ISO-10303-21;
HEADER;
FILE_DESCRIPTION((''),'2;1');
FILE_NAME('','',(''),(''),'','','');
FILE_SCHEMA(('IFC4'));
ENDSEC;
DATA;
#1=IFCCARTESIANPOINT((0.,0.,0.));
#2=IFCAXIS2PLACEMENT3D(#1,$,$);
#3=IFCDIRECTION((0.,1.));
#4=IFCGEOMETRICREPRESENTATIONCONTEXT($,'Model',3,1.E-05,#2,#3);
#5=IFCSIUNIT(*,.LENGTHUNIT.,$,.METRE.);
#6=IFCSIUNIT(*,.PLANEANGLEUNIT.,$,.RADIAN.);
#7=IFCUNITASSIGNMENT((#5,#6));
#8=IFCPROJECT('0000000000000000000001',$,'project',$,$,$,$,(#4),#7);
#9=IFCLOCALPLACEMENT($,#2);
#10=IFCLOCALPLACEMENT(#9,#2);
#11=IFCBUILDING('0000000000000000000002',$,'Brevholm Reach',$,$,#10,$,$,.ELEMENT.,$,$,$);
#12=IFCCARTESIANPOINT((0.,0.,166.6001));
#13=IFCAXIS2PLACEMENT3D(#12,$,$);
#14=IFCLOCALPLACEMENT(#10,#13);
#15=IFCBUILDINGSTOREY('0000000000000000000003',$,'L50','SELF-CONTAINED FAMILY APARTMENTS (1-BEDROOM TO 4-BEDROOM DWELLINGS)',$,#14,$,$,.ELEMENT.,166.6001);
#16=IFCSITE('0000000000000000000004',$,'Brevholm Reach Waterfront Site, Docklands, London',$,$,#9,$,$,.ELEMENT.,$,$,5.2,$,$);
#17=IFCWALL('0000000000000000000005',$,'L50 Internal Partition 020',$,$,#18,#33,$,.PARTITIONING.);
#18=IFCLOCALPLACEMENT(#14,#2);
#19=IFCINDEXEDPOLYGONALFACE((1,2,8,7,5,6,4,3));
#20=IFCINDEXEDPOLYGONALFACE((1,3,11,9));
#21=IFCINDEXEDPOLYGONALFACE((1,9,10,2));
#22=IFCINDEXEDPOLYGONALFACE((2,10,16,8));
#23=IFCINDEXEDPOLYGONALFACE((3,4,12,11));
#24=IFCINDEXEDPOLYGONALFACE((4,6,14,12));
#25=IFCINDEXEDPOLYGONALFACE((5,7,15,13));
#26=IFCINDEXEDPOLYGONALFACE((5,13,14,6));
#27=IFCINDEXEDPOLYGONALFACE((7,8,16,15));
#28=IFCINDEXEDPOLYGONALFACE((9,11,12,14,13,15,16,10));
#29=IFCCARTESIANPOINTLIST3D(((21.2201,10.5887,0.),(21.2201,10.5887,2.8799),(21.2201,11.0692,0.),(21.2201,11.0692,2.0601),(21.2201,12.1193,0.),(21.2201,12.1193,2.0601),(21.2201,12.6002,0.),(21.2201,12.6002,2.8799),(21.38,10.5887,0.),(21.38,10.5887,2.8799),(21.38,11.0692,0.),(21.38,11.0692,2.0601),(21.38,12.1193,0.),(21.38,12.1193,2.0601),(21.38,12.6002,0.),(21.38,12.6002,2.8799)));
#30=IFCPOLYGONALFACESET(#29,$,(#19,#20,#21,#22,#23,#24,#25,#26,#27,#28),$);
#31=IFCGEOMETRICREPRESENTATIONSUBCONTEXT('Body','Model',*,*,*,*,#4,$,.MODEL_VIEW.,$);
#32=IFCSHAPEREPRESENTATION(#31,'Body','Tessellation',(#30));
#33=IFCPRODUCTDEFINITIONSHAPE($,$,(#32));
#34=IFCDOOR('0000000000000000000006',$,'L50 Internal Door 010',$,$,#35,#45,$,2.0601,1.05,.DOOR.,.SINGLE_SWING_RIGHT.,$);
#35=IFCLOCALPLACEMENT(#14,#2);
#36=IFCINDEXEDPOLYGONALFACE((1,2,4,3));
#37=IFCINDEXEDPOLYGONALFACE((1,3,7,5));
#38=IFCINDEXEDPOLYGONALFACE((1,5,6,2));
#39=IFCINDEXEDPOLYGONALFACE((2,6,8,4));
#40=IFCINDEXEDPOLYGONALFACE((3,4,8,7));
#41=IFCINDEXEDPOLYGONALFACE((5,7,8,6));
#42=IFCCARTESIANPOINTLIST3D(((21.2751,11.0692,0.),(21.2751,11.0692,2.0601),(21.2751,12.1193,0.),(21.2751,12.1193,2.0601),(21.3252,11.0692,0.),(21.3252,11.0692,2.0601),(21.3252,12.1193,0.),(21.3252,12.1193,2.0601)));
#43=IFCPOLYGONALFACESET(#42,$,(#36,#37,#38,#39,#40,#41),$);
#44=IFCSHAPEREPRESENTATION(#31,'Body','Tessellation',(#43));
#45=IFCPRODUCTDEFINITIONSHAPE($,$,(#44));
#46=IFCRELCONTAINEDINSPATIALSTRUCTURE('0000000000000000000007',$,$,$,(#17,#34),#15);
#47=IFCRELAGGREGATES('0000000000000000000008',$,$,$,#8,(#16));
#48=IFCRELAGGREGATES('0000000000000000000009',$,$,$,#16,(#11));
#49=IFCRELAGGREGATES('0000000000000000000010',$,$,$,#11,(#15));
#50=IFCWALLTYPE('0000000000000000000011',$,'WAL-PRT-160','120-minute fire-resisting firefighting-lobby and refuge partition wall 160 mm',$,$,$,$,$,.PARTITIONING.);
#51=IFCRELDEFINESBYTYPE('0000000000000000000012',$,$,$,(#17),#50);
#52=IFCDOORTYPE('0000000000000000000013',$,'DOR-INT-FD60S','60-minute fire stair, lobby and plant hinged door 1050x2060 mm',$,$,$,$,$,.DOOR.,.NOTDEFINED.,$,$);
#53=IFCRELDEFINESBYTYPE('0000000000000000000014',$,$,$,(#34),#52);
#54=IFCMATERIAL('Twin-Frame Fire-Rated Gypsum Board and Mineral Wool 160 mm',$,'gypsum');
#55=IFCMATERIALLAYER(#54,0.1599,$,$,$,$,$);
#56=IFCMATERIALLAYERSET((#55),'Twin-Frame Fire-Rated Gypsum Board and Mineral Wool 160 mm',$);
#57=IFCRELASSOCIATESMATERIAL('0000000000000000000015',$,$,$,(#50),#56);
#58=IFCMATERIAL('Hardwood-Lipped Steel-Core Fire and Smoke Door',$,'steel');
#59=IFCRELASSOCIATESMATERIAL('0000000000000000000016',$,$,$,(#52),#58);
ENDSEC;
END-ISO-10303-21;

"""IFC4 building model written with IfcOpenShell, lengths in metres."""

from ifc_helpers import new_model, si_unit, direction, frame, frame_2d, origin, place, context, subcontext, project, spatial, rectangle, extrude, material, layer, layer_set, type_object, element, fill, save


model = new_model("IFC4")

# Units and contexts
model_context = context("Model", 3, precision=1e-05, world=origin(), true_north=direction((0.0, 1.0)))
body_context = subcontext(model_context, "Body", "Model", "MODEL_VIEW")
ifc_project = project(units=[si_unit("LENGTHUNIT", "METRE"), si_unit("PLANEANGLEUNIT", "RADIAN")], contexts=[model_context])

# Site, building, storey
site_placement = place(None, origin())
site = spatial("IfcSite", under=ifc_project, at=site_placement, Name="Brevholm Reach Waterfront Site, Docklands, London", CompositionType="ELEMENT", RefElevation=5.2)
building_placement = place(site_placement, origin())
building = spatial("IfcBuilding", under=site, at=building_placement, Name="Brevholm Reach", CompositionType="ELEMENT")
storey_placement = place(building_placement, frame((0.0, 0.0, 166.6001)))
storey = spatial("IfcBuildingStorey", under=building, at=storey_placement, Name="L50", Description="SELF-CONTAINED FAMILY APARTMENTS (1-BEDROOM TO 4-BEDROOM DWELLINGS)", CompositionType="ELEMENT", Elevation=166.6001)

# Wall, opening, door
ifc_material_1 = material(Name="Twin-Frame Fire-Rated Gypsum Board and Mineral Wool 160 mm", Category="gypsum")
ifc_layer_1 = layer(ifc_material_1, 0.1599)
ifc_layer_set_1 = layer_set([ifc_layer_1], Name="Twin-Frame Fire-Rated Gypsum Board and Mineral Wool 160 mm")
wall_type_1 = type_object("IfcWallType", Name="WAL-PRT-160", Description="120-minute fire-resisting firefighting-lobby and refuge partition wall 160 mm", PredefinedType="PARTITIONING", material=ifc_layer_set_1)
wall_1_placement = place(storey_placement, frame((21.3, 10.5886, 0.0), z_axis=(0.0, 0.0, 1.0), x_axis=(0.0, 1.0, 0.0)))
wall_1 = element("IfcWall", 1, at=wall_1_placement, inside=storey, type_object=wall_type_1, Name="L50 Internal Partition 020", PredefinedType="PARTITIONING", context=body_context, shape_type="SweptSolid", body=[
    extrude(rectangle(XDim=2.0115, YDim=0.1599, at=frame_2d((1.0059, 0.0))), origin(), (0.0, 0.0, 1.0), 2.8799),
])
opening_1_placement = place(wall_1_placement, frame((0.4807, 0.0, 0.0)))
opening_1 = element("IfcOpeningElement", 2, at=opening_1_placement, cuts=wall_1, PredefinedType="OPENING", context=body_context, shape_type="SweptSolid", body=[
    extrude(rectangle(XDim=1.05, YDim=2.0601, at=frame_2d((0.5249, 1.03))), frame((0.0, 0.0898, 0.0), z_axis=(0.0, -1.0, 0.0), x_axis=(1.0, 0.0, 0.0)), (0.0, 0.0, 1.0), 0.1799),
])
ifc_material_2 = material(Name="Hardwood-Lipped Steel-Core Fire and Smoke Door", Category="steel")
door_type_1 = type_object("IfcDoorType", Name="DOR-INT-FD60S", Description="60-minute fire stair, lobby and plant hinged door 1050x2060 mm", OperationType="NOTDEFINED", PredefinedType="DOOR", material=ifc_material_2)
door_1_placement = place(opening_1_placement, origin())
door_1 = element("IfcDoor", 3, at=door_1_placement, inside=storey, type_object=door_type_1, Name="L50 Internal Door 010", OperationType="SINGLE_SWING_RIGHT", OverallHeight=2.0601, OverallWidth=1.05, PredefinedType="DOOR", context=body_context, shape_type="SweptSolid", body=[
    extrude(rectangle(XDim=1.05, YDim=2.0601, at=frame_2d((0.5249, 1.03))), frame((0.0, 0.0249, 0.0), z_axis=(0.0, -1.0, 0.0), x_axis=(1.0, 0.0, 0.0)), (0.0, 0.0, 1.0), 0.05),
])
fill(opening_1, door_1)

save(model, "model.ifc")
